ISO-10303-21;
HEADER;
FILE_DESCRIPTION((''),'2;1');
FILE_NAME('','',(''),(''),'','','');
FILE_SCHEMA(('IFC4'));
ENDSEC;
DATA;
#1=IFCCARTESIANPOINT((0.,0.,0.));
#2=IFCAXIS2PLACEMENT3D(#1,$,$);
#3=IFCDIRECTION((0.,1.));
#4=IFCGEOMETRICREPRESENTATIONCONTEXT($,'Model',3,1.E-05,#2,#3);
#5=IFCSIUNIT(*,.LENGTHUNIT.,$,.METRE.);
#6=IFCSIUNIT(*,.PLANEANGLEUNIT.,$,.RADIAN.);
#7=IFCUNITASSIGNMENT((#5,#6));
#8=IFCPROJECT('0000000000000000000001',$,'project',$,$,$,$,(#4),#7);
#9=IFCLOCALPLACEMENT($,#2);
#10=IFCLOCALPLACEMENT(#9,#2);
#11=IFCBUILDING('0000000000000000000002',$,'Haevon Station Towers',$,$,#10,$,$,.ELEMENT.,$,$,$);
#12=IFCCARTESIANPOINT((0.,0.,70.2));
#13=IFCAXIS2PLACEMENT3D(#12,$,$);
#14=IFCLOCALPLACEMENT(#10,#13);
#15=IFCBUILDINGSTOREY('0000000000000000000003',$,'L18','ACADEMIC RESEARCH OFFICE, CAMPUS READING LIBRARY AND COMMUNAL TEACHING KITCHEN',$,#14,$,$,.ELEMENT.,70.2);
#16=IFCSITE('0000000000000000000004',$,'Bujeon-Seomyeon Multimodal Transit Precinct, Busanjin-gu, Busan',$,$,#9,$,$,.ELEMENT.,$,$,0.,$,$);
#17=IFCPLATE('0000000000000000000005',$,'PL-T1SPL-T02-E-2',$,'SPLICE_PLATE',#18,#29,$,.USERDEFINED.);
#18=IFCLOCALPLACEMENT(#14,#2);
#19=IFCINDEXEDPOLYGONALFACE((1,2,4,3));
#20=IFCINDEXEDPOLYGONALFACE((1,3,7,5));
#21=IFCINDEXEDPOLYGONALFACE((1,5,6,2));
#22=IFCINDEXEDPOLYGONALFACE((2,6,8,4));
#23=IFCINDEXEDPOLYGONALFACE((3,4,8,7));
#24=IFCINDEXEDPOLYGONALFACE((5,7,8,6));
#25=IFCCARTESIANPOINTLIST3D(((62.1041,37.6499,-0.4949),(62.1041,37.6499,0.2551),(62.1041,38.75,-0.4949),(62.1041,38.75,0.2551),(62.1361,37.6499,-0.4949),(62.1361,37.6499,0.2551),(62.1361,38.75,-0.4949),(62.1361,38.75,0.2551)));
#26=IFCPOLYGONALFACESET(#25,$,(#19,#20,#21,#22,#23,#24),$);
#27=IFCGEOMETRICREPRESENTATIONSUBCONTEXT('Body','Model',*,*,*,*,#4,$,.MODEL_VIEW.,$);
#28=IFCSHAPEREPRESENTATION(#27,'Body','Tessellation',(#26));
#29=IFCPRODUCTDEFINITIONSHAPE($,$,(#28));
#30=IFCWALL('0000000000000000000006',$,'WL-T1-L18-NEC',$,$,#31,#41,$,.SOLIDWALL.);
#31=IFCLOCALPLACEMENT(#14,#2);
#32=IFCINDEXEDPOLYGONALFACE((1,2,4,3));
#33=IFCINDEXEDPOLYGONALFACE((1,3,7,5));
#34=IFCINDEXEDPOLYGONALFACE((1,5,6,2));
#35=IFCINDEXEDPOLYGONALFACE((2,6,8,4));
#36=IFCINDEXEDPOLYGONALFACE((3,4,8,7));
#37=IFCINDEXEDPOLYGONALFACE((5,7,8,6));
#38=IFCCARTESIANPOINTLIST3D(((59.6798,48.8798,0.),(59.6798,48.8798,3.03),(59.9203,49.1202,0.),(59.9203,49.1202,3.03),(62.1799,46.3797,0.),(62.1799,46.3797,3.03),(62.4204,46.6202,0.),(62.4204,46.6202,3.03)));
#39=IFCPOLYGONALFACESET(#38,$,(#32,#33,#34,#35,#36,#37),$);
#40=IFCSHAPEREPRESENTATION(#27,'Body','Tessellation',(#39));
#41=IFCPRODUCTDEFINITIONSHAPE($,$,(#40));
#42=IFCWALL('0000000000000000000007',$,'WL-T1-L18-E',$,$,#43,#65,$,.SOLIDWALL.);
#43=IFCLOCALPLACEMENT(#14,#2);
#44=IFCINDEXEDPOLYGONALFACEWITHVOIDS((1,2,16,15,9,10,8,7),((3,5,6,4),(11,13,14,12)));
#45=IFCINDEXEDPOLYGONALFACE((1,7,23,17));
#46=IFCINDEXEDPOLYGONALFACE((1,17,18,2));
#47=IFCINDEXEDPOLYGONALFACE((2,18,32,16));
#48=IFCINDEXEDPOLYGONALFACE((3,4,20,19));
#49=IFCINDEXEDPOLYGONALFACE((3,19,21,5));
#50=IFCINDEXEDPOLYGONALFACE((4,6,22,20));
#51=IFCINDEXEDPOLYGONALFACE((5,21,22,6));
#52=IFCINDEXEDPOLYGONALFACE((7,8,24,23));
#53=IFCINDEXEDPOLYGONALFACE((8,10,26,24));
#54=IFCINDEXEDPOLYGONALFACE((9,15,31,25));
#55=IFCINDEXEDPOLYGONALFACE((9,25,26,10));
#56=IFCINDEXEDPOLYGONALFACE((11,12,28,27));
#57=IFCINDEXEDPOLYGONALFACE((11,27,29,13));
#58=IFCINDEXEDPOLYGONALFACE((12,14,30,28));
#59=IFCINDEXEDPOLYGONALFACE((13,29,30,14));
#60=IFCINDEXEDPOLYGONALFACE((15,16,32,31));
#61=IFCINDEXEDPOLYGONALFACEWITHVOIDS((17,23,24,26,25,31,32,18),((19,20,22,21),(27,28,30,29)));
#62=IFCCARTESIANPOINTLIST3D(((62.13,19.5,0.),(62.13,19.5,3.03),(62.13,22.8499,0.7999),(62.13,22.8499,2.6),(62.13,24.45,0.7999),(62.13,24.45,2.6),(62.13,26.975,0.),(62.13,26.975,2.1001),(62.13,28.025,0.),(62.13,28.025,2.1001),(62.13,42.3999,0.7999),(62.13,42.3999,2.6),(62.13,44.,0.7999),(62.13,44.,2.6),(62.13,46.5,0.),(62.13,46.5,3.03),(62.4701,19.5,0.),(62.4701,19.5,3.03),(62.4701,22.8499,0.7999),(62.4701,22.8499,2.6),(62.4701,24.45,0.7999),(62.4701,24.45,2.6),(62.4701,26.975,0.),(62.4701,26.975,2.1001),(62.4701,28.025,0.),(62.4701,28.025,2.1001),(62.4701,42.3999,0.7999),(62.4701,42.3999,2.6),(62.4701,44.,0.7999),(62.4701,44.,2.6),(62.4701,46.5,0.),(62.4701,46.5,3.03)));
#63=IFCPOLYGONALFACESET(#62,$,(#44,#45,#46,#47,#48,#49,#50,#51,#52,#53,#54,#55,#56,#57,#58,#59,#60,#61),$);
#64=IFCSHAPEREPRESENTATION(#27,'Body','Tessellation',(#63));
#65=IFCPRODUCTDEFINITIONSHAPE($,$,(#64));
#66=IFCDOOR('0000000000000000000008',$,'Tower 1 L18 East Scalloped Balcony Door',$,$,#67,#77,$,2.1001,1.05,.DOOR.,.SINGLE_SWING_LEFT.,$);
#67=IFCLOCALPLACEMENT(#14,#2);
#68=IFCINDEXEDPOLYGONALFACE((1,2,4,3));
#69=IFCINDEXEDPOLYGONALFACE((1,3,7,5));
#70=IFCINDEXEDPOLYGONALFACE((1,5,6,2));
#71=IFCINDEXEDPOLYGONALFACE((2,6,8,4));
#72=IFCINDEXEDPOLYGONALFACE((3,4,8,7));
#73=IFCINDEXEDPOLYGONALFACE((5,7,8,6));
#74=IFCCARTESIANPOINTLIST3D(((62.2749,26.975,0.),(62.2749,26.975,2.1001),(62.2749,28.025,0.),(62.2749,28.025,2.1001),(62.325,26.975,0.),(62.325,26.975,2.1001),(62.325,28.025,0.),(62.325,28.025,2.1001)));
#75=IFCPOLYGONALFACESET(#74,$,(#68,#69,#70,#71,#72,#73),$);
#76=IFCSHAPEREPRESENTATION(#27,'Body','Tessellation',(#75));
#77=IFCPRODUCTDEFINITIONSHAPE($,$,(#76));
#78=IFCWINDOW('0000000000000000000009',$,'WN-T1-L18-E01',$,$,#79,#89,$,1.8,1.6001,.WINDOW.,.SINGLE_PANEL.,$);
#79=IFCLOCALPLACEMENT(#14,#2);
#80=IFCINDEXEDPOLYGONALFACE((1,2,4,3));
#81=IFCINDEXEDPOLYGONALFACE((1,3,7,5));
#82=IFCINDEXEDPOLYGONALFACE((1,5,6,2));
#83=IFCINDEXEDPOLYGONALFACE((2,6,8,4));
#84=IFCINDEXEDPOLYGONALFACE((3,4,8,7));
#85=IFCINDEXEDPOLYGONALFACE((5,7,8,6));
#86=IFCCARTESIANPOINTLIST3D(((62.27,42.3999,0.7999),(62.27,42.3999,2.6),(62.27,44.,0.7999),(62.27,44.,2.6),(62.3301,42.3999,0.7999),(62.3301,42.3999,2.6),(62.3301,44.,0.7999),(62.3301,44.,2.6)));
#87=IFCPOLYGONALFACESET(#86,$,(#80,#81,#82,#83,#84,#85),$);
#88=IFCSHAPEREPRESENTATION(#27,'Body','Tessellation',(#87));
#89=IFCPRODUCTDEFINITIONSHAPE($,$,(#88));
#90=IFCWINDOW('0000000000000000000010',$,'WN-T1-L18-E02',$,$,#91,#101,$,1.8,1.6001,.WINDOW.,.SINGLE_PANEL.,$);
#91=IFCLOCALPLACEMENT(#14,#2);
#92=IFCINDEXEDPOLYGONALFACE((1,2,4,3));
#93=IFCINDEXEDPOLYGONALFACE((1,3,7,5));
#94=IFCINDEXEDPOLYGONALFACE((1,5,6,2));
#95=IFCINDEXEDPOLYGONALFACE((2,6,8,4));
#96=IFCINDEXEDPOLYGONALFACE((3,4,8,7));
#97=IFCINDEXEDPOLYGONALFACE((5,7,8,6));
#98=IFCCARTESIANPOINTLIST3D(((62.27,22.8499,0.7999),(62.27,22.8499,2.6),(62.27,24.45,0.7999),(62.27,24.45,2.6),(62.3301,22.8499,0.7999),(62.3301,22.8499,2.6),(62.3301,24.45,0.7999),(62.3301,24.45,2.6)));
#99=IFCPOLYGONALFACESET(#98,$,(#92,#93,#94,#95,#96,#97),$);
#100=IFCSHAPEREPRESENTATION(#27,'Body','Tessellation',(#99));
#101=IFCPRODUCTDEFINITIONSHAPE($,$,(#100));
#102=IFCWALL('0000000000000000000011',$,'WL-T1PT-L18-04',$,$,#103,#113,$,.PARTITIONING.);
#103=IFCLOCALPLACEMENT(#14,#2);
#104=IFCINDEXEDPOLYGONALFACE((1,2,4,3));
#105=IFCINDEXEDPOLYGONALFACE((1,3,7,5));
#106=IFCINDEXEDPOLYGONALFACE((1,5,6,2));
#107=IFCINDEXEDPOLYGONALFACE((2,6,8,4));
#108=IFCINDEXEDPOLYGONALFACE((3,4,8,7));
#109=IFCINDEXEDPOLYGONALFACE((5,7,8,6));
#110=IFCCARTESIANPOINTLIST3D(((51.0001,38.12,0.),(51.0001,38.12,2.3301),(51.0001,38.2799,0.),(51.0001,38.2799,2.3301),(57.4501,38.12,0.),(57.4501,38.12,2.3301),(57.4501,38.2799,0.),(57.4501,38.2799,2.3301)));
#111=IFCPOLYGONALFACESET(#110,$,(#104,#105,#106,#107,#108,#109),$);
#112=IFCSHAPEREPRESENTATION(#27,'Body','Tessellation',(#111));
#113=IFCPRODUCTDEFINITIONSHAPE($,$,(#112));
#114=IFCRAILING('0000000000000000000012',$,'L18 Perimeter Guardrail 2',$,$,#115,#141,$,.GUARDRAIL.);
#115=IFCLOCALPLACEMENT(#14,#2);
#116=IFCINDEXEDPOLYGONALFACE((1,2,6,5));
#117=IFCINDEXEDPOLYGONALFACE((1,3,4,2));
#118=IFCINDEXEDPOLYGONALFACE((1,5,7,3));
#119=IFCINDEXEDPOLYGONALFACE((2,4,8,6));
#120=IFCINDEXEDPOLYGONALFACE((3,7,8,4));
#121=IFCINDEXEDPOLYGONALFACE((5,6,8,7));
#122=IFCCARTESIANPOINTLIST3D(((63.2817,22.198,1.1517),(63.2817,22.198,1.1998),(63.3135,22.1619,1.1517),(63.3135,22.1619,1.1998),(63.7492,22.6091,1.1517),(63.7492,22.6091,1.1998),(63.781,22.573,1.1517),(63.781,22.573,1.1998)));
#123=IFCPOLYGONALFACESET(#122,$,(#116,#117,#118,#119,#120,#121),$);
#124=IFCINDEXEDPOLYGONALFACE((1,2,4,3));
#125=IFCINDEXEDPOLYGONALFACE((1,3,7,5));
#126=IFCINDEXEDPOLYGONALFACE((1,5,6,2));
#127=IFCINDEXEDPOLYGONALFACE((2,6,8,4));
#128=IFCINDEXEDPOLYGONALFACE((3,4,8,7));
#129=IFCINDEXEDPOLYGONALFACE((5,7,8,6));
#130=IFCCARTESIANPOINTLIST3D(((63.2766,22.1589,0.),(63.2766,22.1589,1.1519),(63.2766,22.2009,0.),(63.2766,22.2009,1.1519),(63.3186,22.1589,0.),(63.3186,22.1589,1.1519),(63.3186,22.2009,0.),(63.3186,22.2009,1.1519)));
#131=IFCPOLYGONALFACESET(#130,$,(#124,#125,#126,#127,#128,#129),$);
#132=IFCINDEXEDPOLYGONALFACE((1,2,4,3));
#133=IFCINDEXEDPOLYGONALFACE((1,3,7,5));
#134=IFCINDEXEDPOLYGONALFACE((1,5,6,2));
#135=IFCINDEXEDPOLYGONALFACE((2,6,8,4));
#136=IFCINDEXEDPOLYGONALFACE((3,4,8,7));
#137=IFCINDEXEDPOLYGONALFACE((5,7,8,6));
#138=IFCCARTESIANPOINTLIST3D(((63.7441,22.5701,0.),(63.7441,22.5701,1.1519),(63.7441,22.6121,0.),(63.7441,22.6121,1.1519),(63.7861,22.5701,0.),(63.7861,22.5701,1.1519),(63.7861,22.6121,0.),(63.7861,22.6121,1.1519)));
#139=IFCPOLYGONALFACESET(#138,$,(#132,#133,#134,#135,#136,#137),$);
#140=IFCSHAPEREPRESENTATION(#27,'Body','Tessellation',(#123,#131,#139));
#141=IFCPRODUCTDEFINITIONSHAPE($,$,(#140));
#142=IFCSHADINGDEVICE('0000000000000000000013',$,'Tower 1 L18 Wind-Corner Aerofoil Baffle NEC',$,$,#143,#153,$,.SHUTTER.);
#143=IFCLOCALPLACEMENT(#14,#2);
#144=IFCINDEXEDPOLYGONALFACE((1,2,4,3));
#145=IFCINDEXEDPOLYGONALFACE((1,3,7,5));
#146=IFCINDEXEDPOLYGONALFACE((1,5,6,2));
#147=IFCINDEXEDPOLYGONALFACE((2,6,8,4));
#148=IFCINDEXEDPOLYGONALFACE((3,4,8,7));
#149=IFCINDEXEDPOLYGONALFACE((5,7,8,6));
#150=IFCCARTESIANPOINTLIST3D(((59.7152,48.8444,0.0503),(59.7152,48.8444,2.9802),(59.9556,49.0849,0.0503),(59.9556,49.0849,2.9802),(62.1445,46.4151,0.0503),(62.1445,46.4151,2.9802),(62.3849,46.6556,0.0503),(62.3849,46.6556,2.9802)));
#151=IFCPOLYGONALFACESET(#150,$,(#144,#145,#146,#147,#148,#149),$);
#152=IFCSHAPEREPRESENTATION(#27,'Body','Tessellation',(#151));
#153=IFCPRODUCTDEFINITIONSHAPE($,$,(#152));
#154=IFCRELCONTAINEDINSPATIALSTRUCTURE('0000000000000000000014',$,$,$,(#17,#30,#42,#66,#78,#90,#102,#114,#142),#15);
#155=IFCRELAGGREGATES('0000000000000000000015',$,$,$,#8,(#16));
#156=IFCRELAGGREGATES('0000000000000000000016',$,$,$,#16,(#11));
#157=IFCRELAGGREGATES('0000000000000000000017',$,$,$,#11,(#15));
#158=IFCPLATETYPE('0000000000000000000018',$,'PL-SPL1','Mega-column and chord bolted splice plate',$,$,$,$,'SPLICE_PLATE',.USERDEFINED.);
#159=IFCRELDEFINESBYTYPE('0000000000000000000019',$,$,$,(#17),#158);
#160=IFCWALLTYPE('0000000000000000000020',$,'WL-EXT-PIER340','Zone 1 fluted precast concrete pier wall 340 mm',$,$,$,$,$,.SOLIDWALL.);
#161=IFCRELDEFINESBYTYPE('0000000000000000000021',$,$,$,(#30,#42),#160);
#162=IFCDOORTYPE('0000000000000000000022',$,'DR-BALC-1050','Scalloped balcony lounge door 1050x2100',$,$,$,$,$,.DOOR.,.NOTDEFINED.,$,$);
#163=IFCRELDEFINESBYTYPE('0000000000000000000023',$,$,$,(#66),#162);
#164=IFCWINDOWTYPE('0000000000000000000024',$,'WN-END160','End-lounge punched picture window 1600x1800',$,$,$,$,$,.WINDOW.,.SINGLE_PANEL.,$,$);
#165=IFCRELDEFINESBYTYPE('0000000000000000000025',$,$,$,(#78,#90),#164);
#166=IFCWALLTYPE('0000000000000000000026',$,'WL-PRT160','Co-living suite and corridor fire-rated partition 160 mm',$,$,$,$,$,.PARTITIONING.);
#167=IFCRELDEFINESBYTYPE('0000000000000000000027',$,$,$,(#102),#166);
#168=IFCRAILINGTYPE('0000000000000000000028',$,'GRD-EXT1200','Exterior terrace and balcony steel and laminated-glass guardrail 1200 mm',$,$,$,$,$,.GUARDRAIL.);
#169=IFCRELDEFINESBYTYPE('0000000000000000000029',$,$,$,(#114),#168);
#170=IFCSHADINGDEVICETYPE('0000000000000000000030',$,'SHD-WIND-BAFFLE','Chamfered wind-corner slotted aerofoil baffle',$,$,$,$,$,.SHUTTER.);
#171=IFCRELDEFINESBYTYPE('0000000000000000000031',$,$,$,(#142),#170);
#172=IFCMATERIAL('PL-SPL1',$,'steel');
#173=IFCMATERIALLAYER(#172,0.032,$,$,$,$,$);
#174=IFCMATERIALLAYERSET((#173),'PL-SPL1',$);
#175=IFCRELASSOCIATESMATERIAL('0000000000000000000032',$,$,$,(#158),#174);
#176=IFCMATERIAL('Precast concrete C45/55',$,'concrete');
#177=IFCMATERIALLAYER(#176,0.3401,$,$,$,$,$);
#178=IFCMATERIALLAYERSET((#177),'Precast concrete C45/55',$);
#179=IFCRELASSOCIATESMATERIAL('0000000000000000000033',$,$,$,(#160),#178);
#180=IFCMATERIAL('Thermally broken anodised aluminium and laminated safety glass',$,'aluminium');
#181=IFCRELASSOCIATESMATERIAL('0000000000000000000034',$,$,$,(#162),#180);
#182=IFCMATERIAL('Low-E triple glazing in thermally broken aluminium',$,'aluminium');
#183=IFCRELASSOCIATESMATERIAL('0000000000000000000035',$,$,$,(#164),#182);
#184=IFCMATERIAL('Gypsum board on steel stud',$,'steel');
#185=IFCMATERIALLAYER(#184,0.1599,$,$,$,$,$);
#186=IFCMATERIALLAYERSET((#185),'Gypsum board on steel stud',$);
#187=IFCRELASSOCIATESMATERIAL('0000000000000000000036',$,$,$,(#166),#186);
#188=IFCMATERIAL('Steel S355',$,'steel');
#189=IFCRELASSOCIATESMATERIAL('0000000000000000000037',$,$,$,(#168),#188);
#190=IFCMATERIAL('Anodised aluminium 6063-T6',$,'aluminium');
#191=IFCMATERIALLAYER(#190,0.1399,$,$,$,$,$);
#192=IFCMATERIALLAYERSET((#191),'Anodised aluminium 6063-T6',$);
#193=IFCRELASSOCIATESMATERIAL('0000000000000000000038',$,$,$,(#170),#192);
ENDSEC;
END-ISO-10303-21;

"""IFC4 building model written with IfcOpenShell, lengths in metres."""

from ifc_helpers import new_model, si_unit, direction, frame, frame_2d, origin, origin_2d, place, context, subcontext, project, spatial, rectangle, extrude, material, layer, layer_set, type_object, element, fill, save


model = new_model("IFC4")

# Units and contexts
model_context = context("Model", 3, precision=1e-05, world=origin(), true_north=direction((0.0, 1.0)))
body_context = subcontext(model_context, "Body", "Model", "MODEL_VIEW")
ifc_project = project(units=[si_unit("LENGTHUNIT", "METRE"), si_unit("PLANEANGLEUNIT", "RADIAN")], contexts=[model_context])

# Site, building, storey
site_placement = place(None, origin())
site = spatial("IfcSite", under=ifc_project, at=site_placement, Name="Bujeon-Seomyeon Multimodal Transit Precinct, Busanjin-gu, Busan", CompositionType="ELEMENT", RefElevation=0.0)
building_placement = place(site_placement, origin())
building = spatial("IfcBuilding", under=site, at=building_placement, Name="Haevon Station Towers", CompositionType="ELEMENT")
storey_placement = place(building_placement, frame((0.0, 0.0, 70.2)))
storey = spatial("IfcBuildingStorey", under=building, at=storey_placement, Name="L18", Description="ACADEMIC RESEARCH OFFICE, CAMPUS READING LIBRARY AND COMMUNAL TEACHING KITCHEN", CompositionType="ELEMENT", Elevation=70.2)

# Shared definitions
ifc_material_1 = material(Name="Steel S355", Category="steel")

# Plate
ifc_material_2 = material(Name="PL-SPL1", Category="steel")
ifc_layer_1 = layer(ifc_material_2, 0.032)
ifc_layer_set_1 = layer_set([ifc_layer_1], Name="PL-SPL1")
plate_type = type_object("IfcPlateType", Name="PL-SPL1", Description="Mega-column and chord bolted splice plate", ElementType="SPLICE_PLATE", PredefinedType="USERDEFINED", material=ifc_layer_set_1)
plate_placement = place(storey_placement, frame((62.1201, 38.2, -0.4949), z_axis=(0.0, 0.0, 1.0), x_axis=(0.0, 1.0, 0.0)))
element("IfcPlate", 1, at=plate_placement, inside=storey, type_object=plate_type, Name="PL-T1SPL-T02-E-2", ObjectType="SPLICE_PLATE", PredefinedType="USERDEFINED", context=body_context, shape_type="SweptSolid", body=[
    extrude(rectangle(XDim=1.1001, YDim=0.032, at=origin_2d()), origin(), (0.0, 0.0, 1.0), 0.75),
])

# Wall
ifc_material_3 = material(Name="Precast concrete C45/55", Category="concrete")
ifc_layer_2 = layer(ifc_material_3, 0.3401)
ifc_layer_set_2 = layer_set([ifc_layer_2], Name="Precast concrete C45/55")
wall_type_1 = type_object("IfcWallType", Name="WL-EXT-PIER340", Description="Zone 1 fluted precast concrete pier wall 340 mm", PredefinedType="SOLIDWALL", material=ifc_layer_set_2)
wall_1_placement = place(storey_placement, frame((59.8, 49.0, 0.0), z_axis=(0.0, 0.0, 1.0), x_axis=(0.707107, -0.707107, 0.0)))
element("IfcWall", 2, at=wall_1_placement, inside=storey, type_object=wall_type_1, Name="WL-T1-L18-NEC", PredefinedType="SOLIDWALL", context=body_context, shape_type="SweptSolid", body=[
    extrude(rectangle(XDim=3.5356, YDim=0.3401, at=frame_2d((1.7678, 0.0))), origin(), (0.0, 0.0, 1.0), 3.03),
])

# Wall, openings, door, windows
wall_2_placement = place(storey_placement, frame((62.3, 46.5, 0.0), z_axis=(0.0, 0.0, 1.0), x_axis=(0.0, -1.0, 0.0)))
wall_2 = element("IfcWall", 3, at=wall_2_placement, inside=storey, type_object=wall_type_1, Name="WL-T1-L18-E", PredefinedType="SOLIDWALL", context=body_context, shape_type="SweptSolid", body=[
    extrude(rectangle(XDim=27.0, YDim=0.3401, at=frame_2d((13.5, 0.0))), origin(), (0.0, 0.0, 1.0), 3.03),
])
opening_1_placement = place(wall_2_placement, frame((18.4751, 0.0, 0.0)))
opening_1 = element("IfcOpeningElement", 4, at=opening_1_placement, cuts=wall_2, PredefinedType="OPENING", context=body_context, shape_type="SweptSolid", body=[
    extrude(rectangle(XDim=1.05, YDim=2.1001, at=frame_2d((0.5249, 1.05))), frame((0.0, 0.1799, 0.0), z_axis=(0.0, -1.0, 0.0), x_axis=(1.0, 0.0, 0.0)), (0.0, 0.0, 1.0), 0.3601),
])
opening_2_placement = place(wall_2_placement, frame((2.5, 0.0, 0.8)))
opening_2 = element("IfcOpeningElement", 5, at=opening_2_placement, cuts=wall_2, PredefinedType="OPENING", context=body_context, shape_type="SweptSolid", body=[
    extrude(rectangle(XDim=1.6001, YDim=1.8, at=frame_2d((0.8, 0.8999))), frame((0.0, 0.1799, 0.0), z_axis=(0.0, -1.0, 0.0), x_axis=(1.0, 0.0, 0.0)), (0.0, 0.0, 1.0), 0.3601),
])
opening_3_placement = place(wall_2_placement, frame((22.05, 0.0, 0.8)))
opening_3 = element("IfcOpeningElement", 6, at=opening_3_placement, cuts=wall_2, PredefinedType="OPENING", context=body_context, shape_type="SweptSolid", body=[
    extrude(rectangle(XDim=1.6001, YDim=1.8, at=frame_2d((0.8, 0.8999))), frame((0.0, 0.1799, 0.0), z_axis=(0.0, -1.0, 0.0), x_axis=(1.0, 0.0, 0.0)), (0.0, 0.0, 1.0), 0.3601),
])
ifc_material_4 = material(Name="Thermally broken anodised aluminium and laminated safety glass", Category="aluminium")
door_type = type_object("IfcDoorType", Name="DR-BALC-1050", Description="Scalloped balcony lounge door 1050x2100", OperationType="NOTDEFINED", PredefinedType="DOOR", material=ifc_material_4)
door_placement = place(opening_1_placement, origin())
door = element("IfcDoor", 7, at=door_placement, inside=storey, type_object=door_type, Name="Tower 1 L18 East Scalloped Balcony Door", OperationType="SINGLE_SWING_LEFT", OverallHeight=2.1001, OverallWidth=1.05, PredefinedType="DOOR", context=body_context, shape_type="SweptSolid", body=[
    extrude(rectangle(XDim=1.05, YDim=2.1001, at=frame_2d((0.5249, 1.05))), frame((0.0, 0.0249, 0.0), z_axis=(0.0, -1.0, 0.0), x_axis=(1.0, 0.0, 0.0)), (0.0, 0.0, 1.0), 0.05),
])
fill(opening_1, door)
ifc_material_5 = material(Name="Low-E triple glazing in thermally broken aluminium", Category="aluminium")
window_type = type_object("IfcWindowType", Name="WN-END160", Description="End-lounge punched picture window 1600x1800", PartitioningType="SINGLE_PANEL", PredefinedType="WINDOW", material=ifc_material_5)
window_1_placement = place(opening_2_placement, origin())
window_1 = element("IfcWindow", 8, at=window_1_placement, inside=storey, type_object=window_type, Name="WN-T1-L18-E01", OverallHeight=1.8, OverallWidth=1.6001, PartitioningType="SINGLE_PANEL", PredefinedType="WINDOW", context=body_context, shape_type="SweptSolid", body=[
    extrude(rectangle(XDim=1.6001, YDim=1.8, at=frame_2d((0.8, 0.8999))), frame((0.0, 0.03, 0.0), z_axis=(0.0, -1.0, 0.0), x_axis=(1.0, 0.0, 0.0)), (0.0, 0.0, 1.0), 0.0601),
])
fill(opening_2, window_1)
window_2_placement = place(opening_3_placement, origin())
window_2 = element("IfcWindow", 9, at=window_2_placement, inside=storey, type_object=window_type, Name="WN-T1-L18-E02", OverallHeight=1.8, OverallWidth=1.6001, PartitioningType="SINGLE_PANEL", PredefinedType="WINDOW", context=body_context, shape_type="SweptSolid", body=[
    extrude(rectangle(XDim=1.6001, YDim=1.8, at=frame_2d((0.8, 0.8999))), frame((0.0, 0.03, 0.0), z_axis=(0.0, -1.0, 0.0), x_axis=(1.0, 0.0, 0.0)), (0.0, 0.0, 1.0), 0.0601),
])
fill(opening_3, window_2)

# Wall
ifc_material_6 = material(Name="Gypsum board on steel stud", Category="steel")
ifc_layer_3 = layer(ifc_material_6, 0.1599)
ifc_layer_set_3 = layer_set([ifc_layer_3], Name="Gypsum board on steel stud")
wall_type_2 = type_object("IfcWallType", Name="WL-PRT160", Description="Co-living suite and corridor fire-rated partition 160 mm", PredefinedType="PARTITIONING", material=ifc_layer_set_3)
wall_3_placement = place(storey_placement, frame((51.0, 38.2, 0.0), z_axis=(0.0, 0.0, 1.0), x_axis=(1.0, 0.0, 0.0)))
element("IfcWall", 10, at=wall_3_placement, inside=storey, type_object=wall_type_2, Name="WL-T1PT-L18-04", PredefinedType="PARTITIONING", context=body_context, shape_type="SweptSolid", body=[
    extrude(rectangle(XDim=6.45, YDim=0.1599, at=frame_2d((3.2251, 0.0))), origin(), (0.0, 0.0, 1.0), 2.3301),
])

# Railing
railing_type = type_object("IfcRailingType", Name="GRD-EXT1200", Description="Exterior terrace and balcony steel and laminated-glass guardrail 1200 mm", PredefinedType="GUARDRAIL", material=ifc_material_1)
railing_placement = place(storey_placement, frame((63.2976, 22.1799, 0.0)))
element("IfcRailing", 11, at=railing_placement, inside=storey, type_object=railing_type, Name="L18 Perimeter Guardrail 2", PredefinedType="GUARDRAIL", context=body_context, shape_type="SweptSolid", body=[
    extrude(rectangle(XDim=0.0481, YDim=0.0481, at=origin_2d()), frame((0.0, 0.0, 1.1758), z_axis=(0.750947, 0.660363, 0.0), x_axis=(-0.660363, 0.750947, 0.0)), (0.0, 0.0, 1.0), 0.6226),
    extrude(rectangle(XDim=0.042, YDim=0.042, at=origin_2d()), origin(), (0.0, 0.0, 1.0), 1.1519),
    extrude(rectangle(XDim=0.042, YDim=0.042, at=origin_2d()), frame((0.4675, 0.4111, 0.0)), (0.0, 0.0, 1.0), 1.1519),
])

# Shading device
ifc_material_7 = material(Name="Anodised aluminium 6063-T6", Category="aluminium")
ifc_layer_4 = layer(ifc_material_7, 0.1399)
ifc_layer_set_4 = layer_set([ifc_layer_4], Name="Anodised aluminium 6063-T6")
shading_device_type = type_object("IfcShadingDeviceType", Name="SHD-WIND-BAFFLE", Description="Chamfered wind-corner slotted aerofoil baffle", PredefinedType="SHUTTER", material=ifc_layer_set_4)
shading_device_placement = place(storey_placement, frame((61.05, 47.75, 0.0503), z_axis=(0.0, 0.0, 1.0), x_axis=(0.707107, -0.707107, 0.0)))
element("IfcShadingDevice", 12, at=shading_device_placement, inside=storey, type_object=shading_device_type, Name="Tower 1 L18 Wind-Corner Aerofoil Baffle NEC", PredefinedType="SHUTTER", context=body_context, shape_type="SweptSolid", body=[
    extrude(rectangle(XDim=3.4355, YDim=0.3401, at=origin_2d()), origin(), (0.0, 0.0, 1.0), 2.9299),
])

save(model, "model.ifc")
